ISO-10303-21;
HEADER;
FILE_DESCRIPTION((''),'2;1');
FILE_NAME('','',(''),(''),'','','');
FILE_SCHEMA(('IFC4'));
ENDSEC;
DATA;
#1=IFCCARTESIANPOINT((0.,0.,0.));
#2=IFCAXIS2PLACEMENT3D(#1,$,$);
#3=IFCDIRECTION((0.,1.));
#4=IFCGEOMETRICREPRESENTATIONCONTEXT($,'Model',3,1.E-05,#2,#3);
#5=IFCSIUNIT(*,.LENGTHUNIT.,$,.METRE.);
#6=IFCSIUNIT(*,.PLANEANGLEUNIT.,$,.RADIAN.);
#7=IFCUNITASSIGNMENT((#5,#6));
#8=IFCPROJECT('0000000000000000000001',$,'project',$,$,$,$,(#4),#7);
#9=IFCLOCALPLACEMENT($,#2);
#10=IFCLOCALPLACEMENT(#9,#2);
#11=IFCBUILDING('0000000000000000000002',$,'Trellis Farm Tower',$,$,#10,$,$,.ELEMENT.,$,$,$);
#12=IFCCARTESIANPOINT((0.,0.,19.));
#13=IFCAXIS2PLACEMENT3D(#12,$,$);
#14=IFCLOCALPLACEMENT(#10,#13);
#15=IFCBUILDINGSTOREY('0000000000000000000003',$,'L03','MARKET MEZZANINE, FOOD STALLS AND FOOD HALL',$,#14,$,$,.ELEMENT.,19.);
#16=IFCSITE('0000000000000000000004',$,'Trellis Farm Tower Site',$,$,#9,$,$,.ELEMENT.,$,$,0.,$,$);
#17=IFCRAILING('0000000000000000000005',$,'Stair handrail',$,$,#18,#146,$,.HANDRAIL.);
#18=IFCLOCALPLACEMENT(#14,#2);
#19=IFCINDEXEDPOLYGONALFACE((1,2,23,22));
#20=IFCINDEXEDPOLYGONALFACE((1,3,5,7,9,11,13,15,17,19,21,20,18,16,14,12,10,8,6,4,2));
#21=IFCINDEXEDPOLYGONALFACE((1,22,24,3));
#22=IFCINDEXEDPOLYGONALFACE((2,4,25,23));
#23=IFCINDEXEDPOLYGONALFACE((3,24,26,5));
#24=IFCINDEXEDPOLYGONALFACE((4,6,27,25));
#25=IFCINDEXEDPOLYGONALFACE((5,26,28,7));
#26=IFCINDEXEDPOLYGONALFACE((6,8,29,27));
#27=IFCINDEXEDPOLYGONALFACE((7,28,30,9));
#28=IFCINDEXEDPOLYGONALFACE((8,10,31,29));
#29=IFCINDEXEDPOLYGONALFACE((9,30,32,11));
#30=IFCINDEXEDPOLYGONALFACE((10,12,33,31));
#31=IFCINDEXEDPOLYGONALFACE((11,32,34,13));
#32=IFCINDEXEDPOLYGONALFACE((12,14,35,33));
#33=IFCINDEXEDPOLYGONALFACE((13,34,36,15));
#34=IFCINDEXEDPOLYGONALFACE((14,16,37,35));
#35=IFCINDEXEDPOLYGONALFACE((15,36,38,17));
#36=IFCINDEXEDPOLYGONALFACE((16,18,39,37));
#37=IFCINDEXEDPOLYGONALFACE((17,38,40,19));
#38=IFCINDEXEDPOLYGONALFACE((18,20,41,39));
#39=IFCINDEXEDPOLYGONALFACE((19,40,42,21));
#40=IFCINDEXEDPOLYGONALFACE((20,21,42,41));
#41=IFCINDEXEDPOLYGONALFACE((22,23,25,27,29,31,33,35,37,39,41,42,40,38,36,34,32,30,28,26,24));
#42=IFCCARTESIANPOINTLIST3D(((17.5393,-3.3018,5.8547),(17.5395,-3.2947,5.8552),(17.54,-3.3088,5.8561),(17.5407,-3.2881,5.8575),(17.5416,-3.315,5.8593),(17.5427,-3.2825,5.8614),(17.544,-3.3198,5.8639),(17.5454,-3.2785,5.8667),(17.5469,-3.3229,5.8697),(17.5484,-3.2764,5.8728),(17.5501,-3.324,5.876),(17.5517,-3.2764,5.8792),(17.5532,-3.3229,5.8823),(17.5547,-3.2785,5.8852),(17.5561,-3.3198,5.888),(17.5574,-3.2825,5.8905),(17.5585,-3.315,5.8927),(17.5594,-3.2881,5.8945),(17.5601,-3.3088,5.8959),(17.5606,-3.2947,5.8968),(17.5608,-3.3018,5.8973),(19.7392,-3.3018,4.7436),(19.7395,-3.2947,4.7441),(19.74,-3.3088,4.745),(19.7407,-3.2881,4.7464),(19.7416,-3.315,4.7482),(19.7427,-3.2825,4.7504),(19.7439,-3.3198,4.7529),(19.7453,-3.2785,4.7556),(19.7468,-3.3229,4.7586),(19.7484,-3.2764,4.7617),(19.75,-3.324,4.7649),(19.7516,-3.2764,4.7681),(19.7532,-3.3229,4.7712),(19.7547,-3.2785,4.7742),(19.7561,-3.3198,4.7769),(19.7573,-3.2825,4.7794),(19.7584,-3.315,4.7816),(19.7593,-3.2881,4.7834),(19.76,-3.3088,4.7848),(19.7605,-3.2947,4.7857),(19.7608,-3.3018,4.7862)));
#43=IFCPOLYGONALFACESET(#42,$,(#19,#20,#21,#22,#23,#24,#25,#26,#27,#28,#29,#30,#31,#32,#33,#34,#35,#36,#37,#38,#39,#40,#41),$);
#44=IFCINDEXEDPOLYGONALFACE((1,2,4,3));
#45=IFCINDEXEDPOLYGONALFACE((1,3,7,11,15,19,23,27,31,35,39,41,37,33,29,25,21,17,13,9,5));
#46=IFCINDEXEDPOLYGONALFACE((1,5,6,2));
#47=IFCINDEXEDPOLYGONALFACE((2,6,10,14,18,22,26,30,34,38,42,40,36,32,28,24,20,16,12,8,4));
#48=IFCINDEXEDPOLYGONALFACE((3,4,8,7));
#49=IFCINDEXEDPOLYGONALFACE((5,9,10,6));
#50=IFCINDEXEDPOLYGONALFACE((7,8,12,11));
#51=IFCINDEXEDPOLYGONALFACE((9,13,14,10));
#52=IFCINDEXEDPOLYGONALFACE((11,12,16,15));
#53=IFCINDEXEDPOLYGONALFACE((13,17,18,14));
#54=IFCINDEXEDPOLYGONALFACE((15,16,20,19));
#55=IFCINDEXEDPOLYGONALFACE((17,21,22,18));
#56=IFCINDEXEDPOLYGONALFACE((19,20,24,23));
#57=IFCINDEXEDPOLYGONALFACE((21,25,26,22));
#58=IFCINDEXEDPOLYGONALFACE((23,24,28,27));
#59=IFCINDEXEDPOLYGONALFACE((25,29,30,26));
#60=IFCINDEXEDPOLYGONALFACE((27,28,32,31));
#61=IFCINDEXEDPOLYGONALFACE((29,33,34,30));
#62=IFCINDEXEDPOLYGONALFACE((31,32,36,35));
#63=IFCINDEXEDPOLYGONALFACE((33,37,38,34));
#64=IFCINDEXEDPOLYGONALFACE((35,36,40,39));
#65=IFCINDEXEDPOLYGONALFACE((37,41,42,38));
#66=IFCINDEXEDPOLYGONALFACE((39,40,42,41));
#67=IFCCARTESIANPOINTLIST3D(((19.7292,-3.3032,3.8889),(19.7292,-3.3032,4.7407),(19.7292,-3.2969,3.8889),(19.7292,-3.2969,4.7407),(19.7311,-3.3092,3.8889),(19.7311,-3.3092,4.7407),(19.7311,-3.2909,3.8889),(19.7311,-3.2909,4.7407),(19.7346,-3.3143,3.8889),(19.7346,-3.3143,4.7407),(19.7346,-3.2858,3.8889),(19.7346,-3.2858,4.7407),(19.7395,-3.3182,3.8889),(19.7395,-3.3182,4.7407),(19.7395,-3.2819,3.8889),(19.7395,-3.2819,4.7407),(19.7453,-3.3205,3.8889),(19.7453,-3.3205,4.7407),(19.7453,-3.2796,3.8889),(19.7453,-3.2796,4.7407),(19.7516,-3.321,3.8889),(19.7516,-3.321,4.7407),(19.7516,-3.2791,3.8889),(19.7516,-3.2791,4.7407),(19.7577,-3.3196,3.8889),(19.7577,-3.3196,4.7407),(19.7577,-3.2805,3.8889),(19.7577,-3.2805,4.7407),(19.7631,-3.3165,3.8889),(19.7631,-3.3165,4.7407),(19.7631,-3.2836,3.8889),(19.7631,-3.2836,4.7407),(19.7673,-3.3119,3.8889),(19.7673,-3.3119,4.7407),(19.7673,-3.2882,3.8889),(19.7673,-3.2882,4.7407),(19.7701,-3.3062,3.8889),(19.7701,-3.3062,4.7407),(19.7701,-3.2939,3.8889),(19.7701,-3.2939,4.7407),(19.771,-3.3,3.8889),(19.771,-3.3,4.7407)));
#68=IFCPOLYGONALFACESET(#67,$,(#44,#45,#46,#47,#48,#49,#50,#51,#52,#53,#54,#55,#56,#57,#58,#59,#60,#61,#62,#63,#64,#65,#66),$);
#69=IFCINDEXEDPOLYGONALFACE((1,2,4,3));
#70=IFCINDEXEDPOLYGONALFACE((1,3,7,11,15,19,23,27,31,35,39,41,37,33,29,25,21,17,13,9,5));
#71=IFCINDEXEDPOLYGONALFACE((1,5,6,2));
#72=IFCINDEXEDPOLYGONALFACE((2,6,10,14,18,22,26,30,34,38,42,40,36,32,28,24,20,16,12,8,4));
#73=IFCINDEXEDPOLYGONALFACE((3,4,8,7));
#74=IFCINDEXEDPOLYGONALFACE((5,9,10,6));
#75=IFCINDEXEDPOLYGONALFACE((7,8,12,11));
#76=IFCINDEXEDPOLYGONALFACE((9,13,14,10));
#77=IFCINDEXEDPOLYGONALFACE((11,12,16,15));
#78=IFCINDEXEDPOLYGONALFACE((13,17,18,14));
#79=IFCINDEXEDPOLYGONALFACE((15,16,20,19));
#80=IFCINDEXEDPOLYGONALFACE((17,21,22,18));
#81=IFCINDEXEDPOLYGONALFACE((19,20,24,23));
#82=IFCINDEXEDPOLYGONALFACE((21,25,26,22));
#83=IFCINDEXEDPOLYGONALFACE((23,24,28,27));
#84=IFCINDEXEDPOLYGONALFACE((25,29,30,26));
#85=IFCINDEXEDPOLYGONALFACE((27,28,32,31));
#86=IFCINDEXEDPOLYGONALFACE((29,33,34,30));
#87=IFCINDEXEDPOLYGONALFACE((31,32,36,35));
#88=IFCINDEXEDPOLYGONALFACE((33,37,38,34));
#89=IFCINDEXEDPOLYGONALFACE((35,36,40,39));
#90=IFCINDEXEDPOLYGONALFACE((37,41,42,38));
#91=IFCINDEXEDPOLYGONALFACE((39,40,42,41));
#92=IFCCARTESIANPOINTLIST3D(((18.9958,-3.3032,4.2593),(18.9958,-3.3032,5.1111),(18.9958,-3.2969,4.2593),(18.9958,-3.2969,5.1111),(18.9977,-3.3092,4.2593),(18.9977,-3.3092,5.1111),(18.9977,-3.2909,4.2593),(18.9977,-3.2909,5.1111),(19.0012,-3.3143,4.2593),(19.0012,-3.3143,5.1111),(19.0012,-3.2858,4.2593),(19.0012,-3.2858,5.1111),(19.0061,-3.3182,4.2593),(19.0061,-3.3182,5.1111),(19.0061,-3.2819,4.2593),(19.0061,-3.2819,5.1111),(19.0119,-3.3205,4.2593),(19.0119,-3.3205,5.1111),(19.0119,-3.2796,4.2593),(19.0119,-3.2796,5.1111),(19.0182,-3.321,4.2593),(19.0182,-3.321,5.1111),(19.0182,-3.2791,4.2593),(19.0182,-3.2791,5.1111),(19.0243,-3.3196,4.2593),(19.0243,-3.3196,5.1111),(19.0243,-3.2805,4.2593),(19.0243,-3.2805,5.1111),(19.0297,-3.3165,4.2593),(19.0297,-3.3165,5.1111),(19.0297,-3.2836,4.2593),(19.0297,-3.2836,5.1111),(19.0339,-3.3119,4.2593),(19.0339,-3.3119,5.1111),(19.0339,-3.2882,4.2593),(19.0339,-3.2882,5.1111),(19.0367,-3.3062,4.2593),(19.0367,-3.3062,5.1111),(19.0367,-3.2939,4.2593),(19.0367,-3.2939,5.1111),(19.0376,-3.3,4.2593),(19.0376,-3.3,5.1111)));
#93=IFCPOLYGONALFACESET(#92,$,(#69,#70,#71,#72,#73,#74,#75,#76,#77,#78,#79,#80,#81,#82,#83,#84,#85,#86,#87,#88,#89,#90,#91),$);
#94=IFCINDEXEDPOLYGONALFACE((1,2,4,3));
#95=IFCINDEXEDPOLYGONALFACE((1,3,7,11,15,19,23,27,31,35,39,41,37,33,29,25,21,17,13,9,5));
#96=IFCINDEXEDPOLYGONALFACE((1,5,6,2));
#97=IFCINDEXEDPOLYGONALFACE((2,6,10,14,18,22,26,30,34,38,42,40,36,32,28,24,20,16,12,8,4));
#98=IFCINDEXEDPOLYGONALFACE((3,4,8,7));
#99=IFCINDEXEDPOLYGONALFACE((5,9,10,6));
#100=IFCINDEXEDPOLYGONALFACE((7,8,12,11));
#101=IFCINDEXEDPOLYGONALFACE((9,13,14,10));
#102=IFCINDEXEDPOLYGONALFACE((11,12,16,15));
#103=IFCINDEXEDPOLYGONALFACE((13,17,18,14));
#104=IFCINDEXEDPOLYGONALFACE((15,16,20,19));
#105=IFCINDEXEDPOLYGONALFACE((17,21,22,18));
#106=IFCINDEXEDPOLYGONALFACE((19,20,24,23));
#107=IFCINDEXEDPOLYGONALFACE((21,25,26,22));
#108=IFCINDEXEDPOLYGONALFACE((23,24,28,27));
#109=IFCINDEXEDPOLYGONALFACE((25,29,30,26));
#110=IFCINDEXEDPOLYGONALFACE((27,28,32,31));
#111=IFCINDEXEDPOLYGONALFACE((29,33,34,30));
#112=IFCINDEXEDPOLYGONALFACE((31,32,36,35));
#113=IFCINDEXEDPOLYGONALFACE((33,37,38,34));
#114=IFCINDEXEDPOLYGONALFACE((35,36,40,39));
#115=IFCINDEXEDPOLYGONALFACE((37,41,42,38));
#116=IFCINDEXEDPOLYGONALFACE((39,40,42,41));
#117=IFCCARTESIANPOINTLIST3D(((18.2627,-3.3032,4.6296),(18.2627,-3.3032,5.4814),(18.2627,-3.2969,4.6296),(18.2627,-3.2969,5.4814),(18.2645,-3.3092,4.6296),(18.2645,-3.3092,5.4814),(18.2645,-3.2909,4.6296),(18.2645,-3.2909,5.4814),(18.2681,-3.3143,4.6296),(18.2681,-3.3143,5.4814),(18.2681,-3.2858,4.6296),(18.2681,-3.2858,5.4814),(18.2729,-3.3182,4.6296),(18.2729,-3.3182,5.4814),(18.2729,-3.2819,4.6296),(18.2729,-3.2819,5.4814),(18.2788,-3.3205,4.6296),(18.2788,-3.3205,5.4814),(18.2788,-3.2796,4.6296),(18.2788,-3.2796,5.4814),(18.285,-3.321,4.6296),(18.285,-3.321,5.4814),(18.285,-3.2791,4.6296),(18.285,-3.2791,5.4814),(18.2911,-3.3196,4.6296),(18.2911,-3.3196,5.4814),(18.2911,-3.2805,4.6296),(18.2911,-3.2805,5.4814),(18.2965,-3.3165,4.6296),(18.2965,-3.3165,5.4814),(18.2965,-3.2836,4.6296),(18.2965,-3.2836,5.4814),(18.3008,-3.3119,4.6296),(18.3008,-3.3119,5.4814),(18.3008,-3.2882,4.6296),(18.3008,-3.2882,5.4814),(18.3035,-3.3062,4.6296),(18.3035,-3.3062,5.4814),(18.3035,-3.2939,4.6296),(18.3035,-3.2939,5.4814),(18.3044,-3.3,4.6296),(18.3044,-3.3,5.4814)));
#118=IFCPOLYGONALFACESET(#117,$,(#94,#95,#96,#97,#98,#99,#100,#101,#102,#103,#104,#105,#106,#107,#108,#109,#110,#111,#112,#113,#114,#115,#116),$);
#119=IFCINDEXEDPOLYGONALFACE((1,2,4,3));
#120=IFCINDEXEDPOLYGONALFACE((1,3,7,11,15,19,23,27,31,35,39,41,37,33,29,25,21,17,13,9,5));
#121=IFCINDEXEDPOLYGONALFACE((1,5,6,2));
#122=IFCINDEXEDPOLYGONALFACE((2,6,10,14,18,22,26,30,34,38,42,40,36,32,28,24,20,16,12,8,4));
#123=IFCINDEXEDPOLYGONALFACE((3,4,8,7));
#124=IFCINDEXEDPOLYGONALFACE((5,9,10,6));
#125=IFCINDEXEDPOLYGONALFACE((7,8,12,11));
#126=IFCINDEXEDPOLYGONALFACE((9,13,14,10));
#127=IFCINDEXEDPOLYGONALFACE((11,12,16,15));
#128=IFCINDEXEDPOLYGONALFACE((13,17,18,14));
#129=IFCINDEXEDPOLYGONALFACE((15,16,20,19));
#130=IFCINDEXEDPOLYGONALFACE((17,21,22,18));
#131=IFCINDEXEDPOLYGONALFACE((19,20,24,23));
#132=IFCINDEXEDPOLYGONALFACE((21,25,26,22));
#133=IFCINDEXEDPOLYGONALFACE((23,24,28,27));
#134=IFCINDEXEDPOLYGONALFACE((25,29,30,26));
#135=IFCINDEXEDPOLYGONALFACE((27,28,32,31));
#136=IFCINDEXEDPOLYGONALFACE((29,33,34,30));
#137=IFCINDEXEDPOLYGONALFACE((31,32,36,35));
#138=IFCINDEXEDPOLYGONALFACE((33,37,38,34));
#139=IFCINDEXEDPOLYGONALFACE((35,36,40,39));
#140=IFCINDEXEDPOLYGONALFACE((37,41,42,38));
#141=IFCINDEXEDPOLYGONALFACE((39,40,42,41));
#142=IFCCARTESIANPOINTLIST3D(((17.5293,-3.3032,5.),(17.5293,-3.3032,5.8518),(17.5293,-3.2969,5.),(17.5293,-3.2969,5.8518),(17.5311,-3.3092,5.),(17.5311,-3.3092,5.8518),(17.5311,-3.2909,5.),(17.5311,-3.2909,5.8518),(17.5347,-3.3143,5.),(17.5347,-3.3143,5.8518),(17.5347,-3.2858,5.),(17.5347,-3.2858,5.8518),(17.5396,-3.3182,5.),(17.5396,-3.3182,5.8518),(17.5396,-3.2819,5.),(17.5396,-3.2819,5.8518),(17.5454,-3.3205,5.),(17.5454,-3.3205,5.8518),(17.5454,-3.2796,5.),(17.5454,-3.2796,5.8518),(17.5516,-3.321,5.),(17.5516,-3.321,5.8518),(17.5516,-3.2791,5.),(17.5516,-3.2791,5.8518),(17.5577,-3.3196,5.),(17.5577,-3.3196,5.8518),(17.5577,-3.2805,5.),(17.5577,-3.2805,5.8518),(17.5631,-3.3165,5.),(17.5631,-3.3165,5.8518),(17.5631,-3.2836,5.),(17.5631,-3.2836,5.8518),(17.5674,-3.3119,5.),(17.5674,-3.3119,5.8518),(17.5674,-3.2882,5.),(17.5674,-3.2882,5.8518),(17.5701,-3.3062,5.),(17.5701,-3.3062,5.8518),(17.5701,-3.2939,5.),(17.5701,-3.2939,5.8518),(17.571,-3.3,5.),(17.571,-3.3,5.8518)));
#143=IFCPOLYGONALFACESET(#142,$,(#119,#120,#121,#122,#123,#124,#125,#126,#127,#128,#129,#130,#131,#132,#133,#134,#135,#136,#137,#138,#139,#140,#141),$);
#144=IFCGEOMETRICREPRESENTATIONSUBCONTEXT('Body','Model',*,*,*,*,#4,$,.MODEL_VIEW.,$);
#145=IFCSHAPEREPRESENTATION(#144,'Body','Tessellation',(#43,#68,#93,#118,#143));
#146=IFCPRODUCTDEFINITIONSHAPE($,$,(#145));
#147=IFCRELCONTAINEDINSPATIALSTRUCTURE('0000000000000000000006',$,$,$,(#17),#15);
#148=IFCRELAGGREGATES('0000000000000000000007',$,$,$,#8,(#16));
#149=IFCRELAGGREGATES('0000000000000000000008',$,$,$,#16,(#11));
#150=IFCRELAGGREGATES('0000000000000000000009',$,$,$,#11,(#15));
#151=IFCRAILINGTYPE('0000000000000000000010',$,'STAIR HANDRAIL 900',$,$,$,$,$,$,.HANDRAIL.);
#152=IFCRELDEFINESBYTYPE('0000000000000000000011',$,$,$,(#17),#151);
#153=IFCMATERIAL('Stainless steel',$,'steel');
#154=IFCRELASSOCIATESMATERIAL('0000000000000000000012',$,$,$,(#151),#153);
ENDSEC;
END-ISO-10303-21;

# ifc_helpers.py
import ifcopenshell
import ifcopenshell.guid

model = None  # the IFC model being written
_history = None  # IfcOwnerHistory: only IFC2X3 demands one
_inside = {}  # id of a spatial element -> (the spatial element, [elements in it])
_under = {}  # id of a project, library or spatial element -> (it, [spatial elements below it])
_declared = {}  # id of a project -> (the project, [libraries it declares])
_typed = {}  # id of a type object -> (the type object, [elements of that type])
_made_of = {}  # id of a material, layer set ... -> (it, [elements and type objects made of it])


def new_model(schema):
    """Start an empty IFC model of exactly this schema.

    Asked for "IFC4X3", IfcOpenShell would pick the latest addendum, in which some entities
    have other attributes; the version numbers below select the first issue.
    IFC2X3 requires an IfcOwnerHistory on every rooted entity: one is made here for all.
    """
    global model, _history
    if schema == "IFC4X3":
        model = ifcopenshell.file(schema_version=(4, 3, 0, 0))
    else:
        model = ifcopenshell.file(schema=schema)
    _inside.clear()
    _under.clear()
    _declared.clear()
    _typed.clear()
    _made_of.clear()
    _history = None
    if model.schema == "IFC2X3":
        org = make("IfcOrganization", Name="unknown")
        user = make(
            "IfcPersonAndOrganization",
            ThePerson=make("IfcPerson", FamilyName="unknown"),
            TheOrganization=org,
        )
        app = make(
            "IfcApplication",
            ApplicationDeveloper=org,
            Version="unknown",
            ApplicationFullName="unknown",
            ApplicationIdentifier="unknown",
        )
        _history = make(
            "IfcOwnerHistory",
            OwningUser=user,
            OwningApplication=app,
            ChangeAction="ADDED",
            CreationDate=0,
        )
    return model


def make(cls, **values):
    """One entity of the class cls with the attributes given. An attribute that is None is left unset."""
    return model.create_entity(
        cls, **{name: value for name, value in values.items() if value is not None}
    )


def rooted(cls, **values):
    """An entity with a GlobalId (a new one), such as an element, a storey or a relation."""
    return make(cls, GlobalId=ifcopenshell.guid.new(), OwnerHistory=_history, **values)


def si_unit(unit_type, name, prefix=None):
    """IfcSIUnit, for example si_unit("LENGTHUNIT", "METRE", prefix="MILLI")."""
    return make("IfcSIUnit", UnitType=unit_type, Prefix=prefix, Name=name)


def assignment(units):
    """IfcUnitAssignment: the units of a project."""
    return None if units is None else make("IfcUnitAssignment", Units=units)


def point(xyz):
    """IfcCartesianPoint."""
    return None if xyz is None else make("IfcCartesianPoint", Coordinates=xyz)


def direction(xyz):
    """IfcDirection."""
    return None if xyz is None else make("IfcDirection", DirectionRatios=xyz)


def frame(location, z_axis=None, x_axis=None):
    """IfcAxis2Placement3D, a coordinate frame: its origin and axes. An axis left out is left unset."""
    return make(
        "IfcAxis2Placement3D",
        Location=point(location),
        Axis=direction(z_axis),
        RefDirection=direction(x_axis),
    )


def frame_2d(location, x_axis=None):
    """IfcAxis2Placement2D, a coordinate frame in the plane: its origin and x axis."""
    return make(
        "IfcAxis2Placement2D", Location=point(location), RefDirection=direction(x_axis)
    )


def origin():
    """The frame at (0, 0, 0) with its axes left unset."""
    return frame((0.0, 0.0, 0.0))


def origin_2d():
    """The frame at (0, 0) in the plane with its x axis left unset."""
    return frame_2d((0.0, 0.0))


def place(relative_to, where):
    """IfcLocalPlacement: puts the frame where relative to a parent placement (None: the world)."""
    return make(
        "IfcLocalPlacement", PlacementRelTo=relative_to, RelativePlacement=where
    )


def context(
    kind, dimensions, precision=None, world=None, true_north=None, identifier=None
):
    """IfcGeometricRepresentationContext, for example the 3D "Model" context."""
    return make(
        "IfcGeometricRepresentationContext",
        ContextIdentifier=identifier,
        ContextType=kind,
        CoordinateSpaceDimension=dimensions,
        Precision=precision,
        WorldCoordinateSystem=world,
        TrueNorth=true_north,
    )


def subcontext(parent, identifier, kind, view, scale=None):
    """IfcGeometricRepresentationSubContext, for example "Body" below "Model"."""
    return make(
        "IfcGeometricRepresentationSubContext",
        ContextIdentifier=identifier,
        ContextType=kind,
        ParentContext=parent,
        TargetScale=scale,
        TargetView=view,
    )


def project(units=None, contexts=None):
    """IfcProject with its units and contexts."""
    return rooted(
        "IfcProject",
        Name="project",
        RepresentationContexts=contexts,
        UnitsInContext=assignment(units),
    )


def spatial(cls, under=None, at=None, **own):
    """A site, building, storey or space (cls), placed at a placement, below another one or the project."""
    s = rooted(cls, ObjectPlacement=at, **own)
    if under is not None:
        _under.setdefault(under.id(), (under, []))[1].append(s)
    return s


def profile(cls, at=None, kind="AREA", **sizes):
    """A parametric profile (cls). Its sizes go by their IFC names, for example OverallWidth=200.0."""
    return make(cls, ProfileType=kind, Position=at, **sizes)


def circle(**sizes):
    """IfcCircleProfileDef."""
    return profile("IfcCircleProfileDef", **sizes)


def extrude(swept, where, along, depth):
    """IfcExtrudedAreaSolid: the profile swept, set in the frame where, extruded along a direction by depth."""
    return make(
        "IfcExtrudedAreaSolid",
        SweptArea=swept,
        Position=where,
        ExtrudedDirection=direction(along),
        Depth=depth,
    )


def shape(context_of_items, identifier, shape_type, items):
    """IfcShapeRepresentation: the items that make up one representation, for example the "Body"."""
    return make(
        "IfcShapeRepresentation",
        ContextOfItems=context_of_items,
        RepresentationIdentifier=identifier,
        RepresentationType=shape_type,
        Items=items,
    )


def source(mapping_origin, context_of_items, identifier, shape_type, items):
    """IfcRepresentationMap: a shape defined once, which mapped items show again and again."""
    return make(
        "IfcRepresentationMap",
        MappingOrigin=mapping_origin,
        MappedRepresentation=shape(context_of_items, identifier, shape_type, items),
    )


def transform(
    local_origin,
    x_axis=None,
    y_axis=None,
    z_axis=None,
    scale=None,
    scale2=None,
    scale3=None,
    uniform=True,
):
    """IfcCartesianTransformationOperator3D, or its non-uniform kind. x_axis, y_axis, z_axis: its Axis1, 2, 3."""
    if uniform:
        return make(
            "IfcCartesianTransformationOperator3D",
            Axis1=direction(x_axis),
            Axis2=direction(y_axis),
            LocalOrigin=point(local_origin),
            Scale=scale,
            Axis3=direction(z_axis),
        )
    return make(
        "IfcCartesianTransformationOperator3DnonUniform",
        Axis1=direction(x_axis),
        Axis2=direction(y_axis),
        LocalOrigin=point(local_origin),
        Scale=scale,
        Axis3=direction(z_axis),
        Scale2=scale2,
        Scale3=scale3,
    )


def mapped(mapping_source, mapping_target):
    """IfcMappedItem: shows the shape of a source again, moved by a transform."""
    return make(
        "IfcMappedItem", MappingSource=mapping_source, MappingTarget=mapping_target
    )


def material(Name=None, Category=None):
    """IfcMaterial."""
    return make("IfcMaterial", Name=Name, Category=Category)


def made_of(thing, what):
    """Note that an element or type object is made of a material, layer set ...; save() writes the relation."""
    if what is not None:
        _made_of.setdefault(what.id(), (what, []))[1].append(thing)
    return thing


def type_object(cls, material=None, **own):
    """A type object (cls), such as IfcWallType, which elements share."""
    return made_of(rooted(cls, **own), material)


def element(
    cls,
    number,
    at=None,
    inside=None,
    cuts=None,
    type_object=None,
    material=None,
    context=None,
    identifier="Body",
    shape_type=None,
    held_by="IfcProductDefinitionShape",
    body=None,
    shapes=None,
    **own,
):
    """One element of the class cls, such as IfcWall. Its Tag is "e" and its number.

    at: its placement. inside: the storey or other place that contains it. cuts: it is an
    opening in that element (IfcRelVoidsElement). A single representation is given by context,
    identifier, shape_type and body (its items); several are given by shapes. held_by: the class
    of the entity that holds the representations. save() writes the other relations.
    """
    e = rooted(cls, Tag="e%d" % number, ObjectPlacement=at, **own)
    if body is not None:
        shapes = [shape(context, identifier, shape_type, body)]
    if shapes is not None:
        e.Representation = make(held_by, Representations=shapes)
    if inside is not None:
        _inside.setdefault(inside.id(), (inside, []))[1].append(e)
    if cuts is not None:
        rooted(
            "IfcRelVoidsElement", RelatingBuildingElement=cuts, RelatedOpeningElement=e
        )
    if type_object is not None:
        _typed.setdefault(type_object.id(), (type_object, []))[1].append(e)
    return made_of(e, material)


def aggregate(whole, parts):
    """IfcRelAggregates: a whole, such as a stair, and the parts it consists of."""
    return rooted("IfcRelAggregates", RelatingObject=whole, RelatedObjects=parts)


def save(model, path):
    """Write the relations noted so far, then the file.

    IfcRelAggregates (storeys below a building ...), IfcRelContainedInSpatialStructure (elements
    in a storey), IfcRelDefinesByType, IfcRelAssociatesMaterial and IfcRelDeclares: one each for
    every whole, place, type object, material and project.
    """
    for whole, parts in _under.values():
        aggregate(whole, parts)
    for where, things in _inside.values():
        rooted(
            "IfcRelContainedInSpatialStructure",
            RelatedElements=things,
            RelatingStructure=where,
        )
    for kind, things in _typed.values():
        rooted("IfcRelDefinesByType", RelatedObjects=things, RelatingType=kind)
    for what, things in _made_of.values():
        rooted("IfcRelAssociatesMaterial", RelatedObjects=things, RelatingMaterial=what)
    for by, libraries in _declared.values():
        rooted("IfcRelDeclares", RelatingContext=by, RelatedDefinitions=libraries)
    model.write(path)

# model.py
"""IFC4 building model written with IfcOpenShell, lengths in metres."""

from ifc_helpers import new_model, si_unit, direction, frame, origin, origin_2d, place, context, subcontext, project, spatial, circle, extrude, source, transform, mapped, material, type_object, element, save


model = new_model("IFC4")

# Units and contexts
model_context = context("Model", 3, precision=1e-05, world=origin(), true_north=direction((0.0, 1.0)))
body_context = subcontext(model_context, "Body", "Model", "MODEL_VIEW")
ifc_project = project(units=[si_unit("LENGTHUNIT", "METRE"), si_unit("PLANEANGLEUNIT", "RADIAN")], contexts=[model_context])

# Site, building, storey
site_placement = place(None, origin())
site = spatial("IfcSite", under=ifc_project, at=site_placement, Name="Trellis Farm Tower Site", CompositionType="ELEMENT", RefElevation=0.0)
building_placement = place(site_placement, origin())
building = spatial("IfcBuilding", under=site, at=building_placement, Name="Trellis Farm Tower", CompositionType="ELEMENT")
storey_placement = place(building_placement, frame((0.0, 0.0, 19.0)))
storey = spatial("IfcBuildingStorey", under=building, at=storey_placement, Name="L03", Description="MARKET MEZZANINE, FOOD STALLS AND FOOD HALL", CompositionType="ELEMENT", Elevation=19.0)

# Railing
ifc_material_1 = material(Name="Stainless steel", Category="steel")
railing_type = type_object("IfcRailingType", Name="STAIR HANDRAIL 900", PredefinedType="HANDRAIL", material=ifc_material_1)
shared_shape_1 = source(origin(), body_context, "Body", "SweptSolid", [
    extrude(circle(Radius=0.0239, at=origin_2d()), frame((0.0, 0.0, 0.876), z_axis=(-0.892617, 0.0, 0.450816), x_axis=(0.0, -1.0, 0.0)), (0.0, 0.0, 1.0), 2.4646),
    extrude(circle(Radius=0.021, at=origin_2d()), origin(), (0.0, 0.0, 1.0), 0.8518),
    extrude(circle(Radius=0.021, at=origin_2d()), frame((-0.7334, 0.0, 0.3704)), (0.0, 0.0, 1.0), 0.8518),
    extrude(circle(Radius=0.021, at=origin_2d()), frame((-1.4666, 0.0, 0.7407)), (0.0, 0.0, 1.0), 0.8518),
    extrude(circle(Radius=0.021, at=origin_2d()), frame((-2.2, 0.0, 1.1111)), (0.0, 0.0, 1.0), 0.8518),
])
for number, where, name in (
    (1, (19.75, -3.3, 3.8889), "Stair handrail"),
):
    element("IfcRailing", number, at=place(storey_placement, frame(where)), inside=storey, type_object=railing_type, Name=name, PredefinedType="HANDRAIL", context=body_context, shape_type="MappedRepresentation", body=[
        mapped(shared_shape_1, transform((0.0, 0.0, 0.0))),
    ])

save(model, "model.ifc")
